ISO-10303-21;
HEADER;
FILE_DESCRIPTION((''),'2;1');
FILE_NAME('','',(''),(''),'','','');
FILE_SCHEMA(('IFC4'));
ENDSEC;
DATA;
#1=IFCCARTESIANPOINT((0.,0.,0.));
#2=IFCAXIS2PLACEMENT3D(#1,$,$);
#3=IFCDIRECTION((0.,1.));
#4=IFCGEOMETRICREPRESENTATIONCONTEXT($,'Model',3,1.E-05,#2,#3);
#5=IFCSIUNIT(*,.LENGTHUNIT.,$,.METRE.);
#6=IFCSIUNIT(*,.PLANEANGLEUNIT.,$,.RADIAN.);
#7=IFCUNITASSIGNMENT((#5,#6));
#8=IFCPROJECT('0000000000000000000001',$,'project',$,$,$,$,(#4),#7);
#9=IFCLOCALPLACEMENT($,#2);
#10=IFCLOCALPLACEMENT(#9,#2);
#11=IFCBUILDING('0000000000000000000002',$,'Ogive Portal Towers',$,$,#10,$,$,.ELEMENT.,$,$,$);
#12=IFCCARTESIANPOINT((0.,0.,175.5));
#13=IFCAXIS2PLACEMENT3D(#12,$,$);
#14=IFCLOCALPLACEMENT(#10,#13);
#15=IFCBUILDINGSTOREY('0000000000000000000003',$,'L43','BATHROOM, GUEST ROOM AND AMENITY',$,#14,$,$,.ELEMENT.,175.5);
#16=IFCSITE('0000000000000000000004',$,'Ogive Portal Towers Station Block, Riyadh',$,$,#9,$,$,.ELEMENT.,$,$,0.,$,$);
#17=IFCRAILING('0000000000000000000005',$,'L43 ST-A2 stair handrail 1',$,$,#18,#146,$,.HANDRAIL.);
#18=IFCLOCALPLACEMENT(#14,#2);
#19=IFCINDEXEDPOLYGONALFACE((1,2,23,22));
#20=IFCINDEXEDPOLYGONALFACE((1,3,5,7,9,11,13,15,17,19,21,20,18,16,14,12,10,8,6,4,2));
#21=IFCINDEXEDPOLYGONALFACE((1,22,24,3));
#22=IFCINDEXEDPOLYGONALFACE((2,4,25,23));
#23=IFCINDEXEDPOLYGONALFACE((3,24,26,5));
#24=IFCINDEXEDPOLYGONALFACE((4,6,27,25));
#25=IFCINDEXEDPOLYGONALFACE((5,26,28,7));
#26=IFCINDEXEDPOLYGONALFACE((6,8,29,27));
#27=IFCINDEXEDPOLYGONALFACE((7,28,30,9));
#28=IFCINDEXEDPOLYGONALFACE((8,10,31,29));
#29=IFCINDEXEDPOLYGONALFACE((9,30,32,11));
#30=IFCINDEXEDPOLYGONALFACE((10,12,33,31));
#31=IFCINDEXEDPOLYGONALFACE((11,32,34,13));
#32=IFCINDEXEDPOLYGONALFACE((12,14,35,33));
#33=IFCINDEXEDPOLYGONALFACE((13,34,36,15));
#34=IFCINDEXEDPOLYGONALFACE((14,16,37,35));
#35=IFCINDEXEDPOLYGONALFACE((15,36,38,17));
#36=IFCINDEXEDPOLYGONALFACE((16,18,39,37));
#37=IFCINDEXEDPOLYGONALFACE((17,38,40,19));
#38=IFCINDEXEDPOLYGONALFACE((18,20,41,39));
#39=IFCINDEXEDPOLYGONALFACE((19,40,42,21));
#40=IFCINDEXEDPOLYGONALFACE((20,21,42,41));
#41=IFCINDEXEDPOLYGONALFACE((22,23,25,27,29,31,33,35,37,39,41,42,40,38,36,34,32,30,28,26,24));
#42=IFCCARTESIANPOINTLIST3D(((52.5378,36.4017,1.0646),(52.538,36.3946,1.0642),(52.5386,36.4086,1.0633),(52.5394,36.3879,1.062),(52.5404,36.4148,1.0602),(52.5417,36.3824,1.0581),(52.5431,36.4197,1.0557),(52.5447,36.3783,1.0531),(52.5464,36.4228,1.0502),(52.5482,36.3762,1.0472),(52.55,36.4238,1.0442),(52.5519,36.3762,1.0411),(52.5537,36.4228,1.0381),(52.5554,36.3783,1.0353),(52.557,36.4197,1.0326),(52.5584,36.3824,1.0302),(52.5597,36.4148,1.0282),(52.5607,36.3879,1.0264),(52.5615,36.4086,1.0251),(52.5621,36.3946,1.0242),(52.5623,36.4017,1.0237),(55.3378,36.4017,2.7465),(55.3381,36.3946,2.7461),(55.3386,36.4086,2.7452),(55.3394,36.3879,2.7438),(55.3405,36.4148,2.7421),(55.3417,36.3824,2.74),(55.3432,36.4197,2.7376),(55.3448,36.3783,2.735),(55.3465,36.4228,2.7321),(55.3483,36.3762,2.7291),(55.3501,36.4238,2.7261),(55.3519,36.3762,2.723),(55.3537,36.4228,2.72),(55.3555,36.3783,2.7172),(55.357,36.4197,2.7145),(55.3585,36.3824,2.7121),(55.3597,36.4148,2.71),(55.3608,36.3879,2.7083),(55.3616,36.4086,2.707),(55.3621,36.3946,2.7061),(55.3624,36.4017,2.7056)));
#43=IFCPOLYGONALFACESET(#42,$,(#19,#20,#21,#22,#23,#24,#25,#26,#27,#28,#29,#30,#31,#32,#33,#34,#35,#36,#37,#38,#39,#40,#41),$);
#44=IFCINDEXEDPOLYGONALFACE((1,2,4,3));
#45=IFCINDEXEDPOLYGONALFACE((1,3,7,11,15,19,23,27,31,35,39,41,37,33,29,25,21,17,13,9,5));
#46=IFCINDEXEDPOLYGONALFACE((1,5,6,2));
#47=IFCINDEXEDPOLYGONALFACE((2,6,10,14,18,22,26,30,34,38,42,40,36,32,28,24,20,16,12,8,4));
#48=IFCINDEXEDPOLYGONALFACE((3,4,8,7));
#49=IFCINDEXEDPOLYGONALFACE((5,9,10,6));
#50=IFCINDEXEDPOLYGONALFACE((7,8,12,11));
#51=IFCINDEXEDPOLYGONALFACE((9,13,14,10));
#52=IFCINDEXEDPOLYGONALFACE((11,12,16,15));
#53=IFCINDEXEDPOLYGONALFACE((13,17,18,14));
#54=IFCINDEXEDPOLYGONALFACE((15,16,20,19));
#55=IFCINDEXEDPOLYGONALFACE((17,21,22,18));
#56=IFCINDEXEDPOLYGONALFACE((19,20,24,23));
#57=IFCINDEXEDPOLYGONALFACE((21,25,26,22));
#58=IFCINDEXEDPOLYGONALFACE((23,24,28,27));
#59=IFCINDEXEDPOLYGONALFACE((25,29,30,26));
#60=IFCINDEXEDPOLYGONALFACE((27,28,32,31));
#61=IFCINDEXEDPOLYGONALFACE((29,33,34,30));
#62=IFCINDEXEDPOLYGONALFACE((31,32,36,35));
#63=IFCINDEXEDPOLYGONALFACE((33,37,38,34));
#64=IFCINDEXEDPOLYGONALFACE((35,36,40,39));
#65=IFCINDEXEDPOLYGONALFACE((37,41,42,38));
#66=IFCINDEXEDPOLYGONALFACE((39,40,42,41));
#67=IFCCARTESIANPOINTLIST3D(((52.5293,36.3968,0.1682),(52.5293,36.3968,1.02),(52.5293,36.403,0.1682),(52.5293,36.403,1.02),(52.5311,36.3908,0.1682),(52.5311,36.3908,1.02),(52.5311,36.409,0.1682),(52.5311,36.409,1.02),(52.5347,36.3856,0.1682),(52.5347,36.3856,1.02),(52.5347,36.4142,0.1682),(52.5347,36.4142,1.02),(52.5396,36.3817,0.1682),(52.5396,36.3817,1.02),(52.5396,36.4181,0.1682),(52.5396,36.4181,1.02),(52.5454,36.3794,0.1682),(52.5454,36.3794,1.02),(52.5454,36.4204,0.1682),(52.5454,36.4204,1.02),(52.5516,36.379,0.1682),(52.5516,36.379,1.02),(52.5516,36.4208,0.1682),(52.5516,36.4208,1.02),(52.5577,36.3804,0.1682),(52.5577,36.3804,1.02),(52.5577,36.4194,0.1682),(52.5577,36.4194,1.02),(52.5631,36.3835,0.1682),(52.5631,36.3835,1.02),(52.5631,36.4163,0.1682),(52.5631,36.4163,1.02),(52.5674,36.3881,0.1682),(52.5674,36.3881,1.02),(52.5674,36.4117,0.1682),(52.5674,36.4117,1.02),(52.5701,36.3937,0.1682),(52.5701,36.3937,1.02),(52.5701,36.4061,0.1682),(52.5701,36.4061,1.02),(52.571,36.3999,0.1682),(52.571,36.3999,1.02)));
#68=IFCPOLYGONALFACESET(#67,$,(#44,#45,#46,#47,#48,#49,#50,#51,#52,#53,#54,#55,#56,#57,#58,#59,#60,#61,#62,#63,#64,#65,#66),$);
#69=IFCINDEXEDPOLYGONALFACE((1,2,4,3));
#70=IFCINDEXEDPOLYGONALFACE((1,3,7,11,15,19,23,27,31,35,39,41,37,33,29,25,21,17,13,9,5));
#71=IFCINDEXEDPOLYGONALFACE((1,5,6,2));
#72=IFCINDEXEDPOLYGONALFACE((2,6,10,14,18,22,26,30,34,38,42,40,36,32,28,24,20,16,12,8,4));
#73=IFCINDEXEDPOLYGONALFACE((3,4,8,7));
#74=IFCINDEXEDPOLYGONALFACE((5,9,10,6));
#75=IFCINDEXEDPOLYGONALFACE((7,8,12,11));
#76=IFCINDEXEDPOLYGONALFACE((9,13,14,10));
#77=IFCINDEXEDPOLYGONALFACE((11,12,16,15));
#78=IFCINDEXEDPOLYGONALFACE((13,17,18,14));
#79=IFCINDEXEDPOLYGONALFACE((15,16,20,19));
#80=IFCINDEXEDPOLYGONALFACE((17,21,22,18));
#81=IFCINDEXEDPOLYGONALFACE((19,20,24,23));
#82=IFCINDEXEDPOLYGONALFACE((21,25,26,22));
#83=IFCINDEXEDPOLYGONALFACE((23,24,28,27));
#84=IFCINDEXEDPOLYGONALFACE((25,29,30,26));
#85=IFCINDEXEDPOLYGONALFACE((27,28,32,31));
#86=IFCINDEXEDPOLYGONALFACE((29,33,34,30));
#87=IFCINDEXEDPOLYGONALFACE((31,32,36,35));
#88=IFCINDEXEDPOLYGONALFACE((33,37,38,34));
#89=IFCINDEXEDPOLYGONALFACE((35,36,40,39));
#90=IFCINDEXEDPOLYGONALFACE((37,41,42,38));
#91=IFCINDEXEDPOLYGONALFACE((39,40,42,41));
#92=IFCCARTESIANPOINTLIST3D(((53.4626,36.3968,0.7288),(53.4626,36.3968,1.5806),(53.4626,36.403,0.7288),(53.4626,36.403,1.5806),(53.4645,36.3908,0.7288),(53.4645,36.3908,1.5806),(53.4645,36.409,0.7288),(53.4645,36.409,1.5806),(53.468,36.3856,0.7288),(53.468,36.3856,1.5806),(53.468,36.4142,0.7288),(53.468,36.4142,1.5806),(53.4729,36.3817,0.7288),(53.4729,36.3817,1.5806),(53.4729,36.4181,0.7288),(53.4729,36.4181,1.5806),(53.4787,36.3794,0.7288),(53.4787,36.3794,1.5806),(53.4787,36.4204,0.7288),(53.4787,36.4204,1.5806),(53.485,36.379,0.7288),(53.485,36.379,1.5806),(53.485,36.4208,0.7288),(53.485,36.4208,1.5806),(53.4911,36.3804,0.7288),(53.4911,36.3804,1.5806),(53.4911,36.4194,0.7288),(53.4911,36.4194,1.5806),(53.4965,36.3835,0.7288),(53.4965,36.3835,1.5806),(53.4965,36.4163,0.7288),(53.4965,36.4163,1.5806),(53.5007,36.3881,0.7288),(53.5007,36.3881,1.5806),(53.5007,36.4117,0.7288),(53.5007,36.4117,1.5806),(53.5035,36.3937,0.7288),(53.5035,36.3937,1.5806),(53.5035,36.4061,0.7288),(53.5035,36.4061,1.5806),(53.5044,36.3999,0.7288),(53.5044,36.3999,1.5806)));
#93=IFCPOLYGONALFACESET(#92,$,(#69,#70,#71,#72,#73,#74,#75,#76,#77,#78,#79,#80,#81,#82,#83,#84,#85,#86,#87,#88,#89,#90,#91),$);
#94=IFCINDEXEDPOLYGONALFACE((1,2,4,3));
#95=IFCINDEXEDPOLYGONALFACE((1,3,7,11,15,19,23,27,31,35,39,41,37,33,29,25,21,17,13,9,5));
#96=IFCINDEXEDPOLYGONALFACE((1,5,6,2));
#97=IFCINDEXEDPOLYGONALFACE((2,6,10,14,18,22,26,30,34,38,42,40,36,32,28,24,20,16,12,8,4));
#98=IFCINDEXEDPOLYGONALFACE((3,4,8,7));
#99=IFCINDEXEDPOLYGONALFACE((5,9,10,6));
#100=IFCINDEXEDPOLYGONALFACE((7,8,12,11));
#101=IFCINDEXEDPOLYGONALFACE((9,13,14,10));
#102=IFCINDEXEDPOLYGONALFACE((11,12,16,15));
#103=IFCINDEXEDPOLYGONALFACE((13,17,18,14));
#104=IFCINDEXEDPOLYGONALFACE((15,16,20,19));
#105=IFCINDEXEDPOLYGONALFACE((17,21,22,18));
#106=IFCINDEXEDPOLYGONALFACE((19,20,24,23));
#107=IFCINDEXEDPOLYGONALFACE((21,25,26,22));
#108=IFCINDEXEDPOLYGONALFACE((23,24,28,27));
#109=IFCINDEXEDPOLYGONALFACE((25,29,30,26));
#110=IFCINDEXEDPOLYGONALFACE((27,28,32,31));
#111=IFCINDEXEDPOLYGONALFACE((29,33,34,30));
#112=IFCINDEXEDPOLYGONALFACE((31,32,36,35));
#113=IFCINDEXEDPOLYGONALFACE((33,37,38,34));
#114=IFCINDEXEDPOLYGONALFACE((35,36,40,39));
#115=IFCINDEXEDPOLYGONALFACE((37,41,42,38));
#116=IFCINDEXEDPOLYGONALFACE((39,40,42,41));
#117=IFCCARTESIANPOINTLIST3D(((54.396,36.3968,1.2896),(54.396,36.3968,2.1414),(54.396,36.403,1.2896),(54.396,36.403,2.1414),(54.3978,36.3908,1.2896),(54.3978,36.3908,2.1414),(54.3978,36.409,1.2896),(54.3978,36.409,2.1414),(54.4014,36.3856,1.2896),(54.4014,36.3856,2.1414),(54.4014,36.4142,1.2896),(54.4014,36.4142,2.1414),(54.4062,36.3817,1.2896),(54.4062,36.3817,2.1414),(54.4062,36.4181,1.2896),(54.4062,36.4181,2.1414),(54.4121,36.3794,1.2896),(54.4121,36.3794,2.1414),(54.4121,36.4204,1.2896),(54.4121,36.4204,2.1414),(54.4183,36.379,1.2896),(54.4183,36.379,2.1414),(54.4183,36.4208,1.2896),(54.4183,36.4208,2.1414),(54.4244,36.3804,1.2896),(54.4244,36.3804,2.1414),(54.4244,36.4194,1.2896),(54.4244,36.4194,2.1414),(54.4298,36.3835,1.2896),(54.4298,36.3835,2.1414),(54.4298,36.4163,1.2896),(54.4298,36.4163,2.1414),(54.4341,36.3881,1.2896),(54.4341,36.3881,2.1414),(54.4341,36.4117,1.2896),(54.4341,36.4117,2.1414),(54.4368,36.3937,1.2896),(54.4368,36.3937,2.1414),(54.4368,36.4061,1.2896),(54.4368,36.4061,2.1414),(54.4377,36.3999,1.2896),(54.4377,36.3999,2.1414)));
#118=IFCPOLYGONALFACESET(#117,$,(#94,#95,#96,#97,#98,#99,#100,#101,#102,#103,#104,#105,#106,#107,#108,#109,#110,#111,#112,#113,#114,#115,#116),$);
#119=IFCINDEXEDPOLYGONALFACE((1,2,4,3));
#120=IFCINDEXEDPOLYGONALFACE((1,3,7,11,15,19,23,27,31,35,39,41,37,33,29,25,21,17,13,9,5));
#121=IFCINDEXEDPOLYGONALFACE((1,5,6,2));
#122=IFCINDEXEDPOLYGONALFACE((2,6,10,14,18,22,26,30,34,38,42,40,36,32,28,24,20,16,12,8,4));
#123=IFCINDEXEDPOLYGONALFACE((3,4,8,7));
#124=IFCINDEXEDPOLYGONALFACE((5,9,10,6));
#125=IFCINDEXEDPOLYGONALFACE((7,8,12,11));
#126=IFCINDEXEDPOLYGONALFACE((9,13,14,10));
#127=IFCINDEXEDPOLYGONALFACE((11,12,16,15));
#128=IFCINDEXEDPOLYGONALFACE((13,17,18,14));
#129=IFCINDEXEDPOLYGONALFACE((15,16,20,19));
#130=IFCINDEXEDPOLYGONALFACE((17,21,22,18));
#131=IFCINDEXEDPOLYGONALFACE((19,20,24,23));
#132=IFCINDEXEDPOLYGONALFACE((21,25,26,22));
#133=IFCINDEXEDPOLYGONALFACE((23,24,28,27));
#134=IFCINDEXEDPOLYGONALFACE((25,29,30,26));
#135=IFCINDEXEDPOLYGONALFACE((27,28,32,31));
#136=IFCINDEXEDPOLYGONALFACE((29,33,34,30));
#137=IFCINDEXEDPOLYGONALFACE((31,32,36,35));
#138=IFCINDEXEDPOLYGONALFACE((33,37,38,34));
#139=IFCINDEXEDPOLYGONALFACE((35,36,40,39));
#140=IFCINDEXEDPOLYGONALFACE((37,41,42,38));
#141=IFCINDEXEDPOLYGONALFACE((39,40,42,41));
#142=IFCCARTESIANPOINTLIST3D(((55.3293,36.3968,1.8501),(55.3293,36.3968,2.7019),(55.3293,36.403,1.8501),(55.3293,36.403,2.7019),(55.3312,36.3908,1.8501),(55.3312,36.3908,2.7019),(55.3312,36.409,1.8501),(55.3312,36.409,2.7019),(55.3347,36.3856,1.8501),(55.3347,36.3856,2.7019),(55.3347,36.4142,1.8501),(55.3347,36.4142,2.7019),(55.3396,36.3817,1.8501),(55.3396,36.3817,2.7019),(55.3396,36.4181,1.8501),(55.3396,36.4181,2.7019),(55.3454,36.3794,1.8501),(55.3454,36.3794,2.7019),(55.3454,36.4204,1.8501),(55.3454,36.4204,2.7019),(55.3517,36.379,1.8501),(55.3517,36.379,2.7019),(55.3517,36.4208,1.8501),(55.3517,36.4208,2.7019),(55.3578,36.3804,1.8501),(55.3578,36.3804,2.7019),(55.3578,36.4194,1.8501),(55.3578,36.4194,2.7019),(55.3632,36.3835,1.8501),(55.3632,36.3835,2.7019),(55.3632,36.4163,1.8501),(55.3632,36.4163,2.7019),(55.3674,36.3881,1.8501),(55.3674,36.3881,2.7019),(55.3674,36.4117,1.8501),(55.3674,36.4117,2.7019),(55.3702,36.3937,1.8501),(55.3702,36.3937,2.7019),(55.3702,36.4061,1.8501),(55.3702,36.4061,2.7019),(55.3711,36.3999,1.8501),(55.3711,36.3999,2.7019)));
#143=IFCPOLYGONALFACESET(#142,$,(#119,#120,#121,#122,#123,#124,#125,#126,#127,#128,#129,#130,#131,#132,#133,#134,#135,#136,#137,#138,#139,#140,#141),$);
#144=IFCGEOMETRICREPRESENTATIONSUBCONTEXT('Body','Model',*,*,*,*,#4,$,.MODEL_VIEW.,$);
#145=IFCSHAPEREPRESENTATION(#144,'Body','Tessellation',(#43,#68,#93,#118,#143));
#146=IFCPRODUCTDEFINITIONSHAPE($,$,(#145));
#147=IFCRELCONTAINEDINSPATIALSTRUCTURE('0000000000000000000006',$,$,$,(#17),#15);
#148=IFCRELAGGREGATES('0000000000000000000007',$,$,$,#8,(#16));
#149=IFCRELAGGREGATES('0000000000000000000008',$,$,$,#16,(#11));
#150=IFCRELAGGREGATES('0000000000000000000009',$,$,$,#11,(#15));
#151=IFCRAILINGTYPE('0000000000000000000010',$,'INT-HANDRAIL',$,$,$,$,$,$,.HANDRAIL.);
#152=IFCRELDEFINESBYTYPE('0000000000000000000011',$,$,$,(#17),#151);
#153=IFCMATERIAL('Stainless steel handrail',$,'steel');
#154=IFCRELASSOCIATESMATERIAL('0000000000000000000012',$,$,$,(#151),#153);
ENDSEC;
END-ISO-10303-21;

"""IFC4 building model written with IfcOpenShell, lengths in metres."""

from ifc_helpers import new_model, si_unit, direction, frame, origin, origin_2d, place, context, subcontext, project, spatial, circle, extrude, material, type_object, element, save


model = new_model("IFC4")

# Units and contexts
model_context = context("Model", 3, precision=1e-05, world=origin(), true_north=direction((0.0, 1.0)))
body_context = subcontext(model_context, "Body", "Model", "MODEL_VIEW")
ifc_project = project(units=[si_unit("LENGTHUNIT", "METRE"), si_unit("PLANEANGLEUNIT", "RADIAN")], contexts=[model_context])

# Site, building, storey
site_placement = place(None, origin())
site = spatial("IfcSite", under=ifc_project, at=site_placement, Name="Ogive Portal Towers Station Block, Riyadh", CompositionType="ELEMENT", RefElevation=0.0)
building_placement = place(site_placement, origin())
building = spatial("IfcBuilding", under=site, at=building_placement, Name="Ogive Portal Towers", CompositionType="ELEMENT")
storey_placement = place(building_placement, frame((0.0, 0.0, 175.5)))
storey = spatial("IfcBuildingStorey", under=building, at=storey_placement, Name="L43", Description="BATHROOM, GUEST ROOM AND AMENITY", CompositionType="ELEMENT", Elevation=175.5)

# Railing
ifc_material_1 = material(Name="Stainless steel handrail", Category="steel")
railing_type_1 = type_object("IfcRailingType", Name="INT-HANDRAIL", PredefinedType="HANDRAIL", material=ifc_material_1)
railing_1_placement = place(storey_placement, frame((52.55, 36.3999, 0.1682)))
element("IfcRailing", 1, at=railing_1_placement, inside=storey, type_object=railing_type_1, Name="L43 ST-A2 stair handrail 1", PredefinedType="HANDRAIL", context=body_context, shape_type="SweptSolid", body=[
    extrude(circle(Radius=0.0239, at=origin_2d()), frame((0.0, 0.0, 0.876), z_axis=(0.857242, 0.0, 0.514913), x_axis=(0.0, 1.0, 0.0)), (0.0, 0.0, 1.0), 3.2664),
    extrude(circle(Radius=0.021, at=origin_2d()), origin(), (0.0, 0.0, 1.0), 0.8518),
    extrude(circle(Radius=0.021, at=origin_2d()), frame((0.9333, 0.0, 0.5605)), (0.0, 0.0, 1.0), 0.8518),
    extrude(circle(Radius=0.021, at=origin_2d()), frame((1.8667, 0.0, 1.1213)), (0.0, 0.0, 1.0), 0.8518),
    extrude(circle(Radius=0.021, at=origin_2d()), frame((2.8, 0.0, 1.6819)), (0.0, 0.0, 1.0), 0.8518),
])

save(model, "model.ifc")
